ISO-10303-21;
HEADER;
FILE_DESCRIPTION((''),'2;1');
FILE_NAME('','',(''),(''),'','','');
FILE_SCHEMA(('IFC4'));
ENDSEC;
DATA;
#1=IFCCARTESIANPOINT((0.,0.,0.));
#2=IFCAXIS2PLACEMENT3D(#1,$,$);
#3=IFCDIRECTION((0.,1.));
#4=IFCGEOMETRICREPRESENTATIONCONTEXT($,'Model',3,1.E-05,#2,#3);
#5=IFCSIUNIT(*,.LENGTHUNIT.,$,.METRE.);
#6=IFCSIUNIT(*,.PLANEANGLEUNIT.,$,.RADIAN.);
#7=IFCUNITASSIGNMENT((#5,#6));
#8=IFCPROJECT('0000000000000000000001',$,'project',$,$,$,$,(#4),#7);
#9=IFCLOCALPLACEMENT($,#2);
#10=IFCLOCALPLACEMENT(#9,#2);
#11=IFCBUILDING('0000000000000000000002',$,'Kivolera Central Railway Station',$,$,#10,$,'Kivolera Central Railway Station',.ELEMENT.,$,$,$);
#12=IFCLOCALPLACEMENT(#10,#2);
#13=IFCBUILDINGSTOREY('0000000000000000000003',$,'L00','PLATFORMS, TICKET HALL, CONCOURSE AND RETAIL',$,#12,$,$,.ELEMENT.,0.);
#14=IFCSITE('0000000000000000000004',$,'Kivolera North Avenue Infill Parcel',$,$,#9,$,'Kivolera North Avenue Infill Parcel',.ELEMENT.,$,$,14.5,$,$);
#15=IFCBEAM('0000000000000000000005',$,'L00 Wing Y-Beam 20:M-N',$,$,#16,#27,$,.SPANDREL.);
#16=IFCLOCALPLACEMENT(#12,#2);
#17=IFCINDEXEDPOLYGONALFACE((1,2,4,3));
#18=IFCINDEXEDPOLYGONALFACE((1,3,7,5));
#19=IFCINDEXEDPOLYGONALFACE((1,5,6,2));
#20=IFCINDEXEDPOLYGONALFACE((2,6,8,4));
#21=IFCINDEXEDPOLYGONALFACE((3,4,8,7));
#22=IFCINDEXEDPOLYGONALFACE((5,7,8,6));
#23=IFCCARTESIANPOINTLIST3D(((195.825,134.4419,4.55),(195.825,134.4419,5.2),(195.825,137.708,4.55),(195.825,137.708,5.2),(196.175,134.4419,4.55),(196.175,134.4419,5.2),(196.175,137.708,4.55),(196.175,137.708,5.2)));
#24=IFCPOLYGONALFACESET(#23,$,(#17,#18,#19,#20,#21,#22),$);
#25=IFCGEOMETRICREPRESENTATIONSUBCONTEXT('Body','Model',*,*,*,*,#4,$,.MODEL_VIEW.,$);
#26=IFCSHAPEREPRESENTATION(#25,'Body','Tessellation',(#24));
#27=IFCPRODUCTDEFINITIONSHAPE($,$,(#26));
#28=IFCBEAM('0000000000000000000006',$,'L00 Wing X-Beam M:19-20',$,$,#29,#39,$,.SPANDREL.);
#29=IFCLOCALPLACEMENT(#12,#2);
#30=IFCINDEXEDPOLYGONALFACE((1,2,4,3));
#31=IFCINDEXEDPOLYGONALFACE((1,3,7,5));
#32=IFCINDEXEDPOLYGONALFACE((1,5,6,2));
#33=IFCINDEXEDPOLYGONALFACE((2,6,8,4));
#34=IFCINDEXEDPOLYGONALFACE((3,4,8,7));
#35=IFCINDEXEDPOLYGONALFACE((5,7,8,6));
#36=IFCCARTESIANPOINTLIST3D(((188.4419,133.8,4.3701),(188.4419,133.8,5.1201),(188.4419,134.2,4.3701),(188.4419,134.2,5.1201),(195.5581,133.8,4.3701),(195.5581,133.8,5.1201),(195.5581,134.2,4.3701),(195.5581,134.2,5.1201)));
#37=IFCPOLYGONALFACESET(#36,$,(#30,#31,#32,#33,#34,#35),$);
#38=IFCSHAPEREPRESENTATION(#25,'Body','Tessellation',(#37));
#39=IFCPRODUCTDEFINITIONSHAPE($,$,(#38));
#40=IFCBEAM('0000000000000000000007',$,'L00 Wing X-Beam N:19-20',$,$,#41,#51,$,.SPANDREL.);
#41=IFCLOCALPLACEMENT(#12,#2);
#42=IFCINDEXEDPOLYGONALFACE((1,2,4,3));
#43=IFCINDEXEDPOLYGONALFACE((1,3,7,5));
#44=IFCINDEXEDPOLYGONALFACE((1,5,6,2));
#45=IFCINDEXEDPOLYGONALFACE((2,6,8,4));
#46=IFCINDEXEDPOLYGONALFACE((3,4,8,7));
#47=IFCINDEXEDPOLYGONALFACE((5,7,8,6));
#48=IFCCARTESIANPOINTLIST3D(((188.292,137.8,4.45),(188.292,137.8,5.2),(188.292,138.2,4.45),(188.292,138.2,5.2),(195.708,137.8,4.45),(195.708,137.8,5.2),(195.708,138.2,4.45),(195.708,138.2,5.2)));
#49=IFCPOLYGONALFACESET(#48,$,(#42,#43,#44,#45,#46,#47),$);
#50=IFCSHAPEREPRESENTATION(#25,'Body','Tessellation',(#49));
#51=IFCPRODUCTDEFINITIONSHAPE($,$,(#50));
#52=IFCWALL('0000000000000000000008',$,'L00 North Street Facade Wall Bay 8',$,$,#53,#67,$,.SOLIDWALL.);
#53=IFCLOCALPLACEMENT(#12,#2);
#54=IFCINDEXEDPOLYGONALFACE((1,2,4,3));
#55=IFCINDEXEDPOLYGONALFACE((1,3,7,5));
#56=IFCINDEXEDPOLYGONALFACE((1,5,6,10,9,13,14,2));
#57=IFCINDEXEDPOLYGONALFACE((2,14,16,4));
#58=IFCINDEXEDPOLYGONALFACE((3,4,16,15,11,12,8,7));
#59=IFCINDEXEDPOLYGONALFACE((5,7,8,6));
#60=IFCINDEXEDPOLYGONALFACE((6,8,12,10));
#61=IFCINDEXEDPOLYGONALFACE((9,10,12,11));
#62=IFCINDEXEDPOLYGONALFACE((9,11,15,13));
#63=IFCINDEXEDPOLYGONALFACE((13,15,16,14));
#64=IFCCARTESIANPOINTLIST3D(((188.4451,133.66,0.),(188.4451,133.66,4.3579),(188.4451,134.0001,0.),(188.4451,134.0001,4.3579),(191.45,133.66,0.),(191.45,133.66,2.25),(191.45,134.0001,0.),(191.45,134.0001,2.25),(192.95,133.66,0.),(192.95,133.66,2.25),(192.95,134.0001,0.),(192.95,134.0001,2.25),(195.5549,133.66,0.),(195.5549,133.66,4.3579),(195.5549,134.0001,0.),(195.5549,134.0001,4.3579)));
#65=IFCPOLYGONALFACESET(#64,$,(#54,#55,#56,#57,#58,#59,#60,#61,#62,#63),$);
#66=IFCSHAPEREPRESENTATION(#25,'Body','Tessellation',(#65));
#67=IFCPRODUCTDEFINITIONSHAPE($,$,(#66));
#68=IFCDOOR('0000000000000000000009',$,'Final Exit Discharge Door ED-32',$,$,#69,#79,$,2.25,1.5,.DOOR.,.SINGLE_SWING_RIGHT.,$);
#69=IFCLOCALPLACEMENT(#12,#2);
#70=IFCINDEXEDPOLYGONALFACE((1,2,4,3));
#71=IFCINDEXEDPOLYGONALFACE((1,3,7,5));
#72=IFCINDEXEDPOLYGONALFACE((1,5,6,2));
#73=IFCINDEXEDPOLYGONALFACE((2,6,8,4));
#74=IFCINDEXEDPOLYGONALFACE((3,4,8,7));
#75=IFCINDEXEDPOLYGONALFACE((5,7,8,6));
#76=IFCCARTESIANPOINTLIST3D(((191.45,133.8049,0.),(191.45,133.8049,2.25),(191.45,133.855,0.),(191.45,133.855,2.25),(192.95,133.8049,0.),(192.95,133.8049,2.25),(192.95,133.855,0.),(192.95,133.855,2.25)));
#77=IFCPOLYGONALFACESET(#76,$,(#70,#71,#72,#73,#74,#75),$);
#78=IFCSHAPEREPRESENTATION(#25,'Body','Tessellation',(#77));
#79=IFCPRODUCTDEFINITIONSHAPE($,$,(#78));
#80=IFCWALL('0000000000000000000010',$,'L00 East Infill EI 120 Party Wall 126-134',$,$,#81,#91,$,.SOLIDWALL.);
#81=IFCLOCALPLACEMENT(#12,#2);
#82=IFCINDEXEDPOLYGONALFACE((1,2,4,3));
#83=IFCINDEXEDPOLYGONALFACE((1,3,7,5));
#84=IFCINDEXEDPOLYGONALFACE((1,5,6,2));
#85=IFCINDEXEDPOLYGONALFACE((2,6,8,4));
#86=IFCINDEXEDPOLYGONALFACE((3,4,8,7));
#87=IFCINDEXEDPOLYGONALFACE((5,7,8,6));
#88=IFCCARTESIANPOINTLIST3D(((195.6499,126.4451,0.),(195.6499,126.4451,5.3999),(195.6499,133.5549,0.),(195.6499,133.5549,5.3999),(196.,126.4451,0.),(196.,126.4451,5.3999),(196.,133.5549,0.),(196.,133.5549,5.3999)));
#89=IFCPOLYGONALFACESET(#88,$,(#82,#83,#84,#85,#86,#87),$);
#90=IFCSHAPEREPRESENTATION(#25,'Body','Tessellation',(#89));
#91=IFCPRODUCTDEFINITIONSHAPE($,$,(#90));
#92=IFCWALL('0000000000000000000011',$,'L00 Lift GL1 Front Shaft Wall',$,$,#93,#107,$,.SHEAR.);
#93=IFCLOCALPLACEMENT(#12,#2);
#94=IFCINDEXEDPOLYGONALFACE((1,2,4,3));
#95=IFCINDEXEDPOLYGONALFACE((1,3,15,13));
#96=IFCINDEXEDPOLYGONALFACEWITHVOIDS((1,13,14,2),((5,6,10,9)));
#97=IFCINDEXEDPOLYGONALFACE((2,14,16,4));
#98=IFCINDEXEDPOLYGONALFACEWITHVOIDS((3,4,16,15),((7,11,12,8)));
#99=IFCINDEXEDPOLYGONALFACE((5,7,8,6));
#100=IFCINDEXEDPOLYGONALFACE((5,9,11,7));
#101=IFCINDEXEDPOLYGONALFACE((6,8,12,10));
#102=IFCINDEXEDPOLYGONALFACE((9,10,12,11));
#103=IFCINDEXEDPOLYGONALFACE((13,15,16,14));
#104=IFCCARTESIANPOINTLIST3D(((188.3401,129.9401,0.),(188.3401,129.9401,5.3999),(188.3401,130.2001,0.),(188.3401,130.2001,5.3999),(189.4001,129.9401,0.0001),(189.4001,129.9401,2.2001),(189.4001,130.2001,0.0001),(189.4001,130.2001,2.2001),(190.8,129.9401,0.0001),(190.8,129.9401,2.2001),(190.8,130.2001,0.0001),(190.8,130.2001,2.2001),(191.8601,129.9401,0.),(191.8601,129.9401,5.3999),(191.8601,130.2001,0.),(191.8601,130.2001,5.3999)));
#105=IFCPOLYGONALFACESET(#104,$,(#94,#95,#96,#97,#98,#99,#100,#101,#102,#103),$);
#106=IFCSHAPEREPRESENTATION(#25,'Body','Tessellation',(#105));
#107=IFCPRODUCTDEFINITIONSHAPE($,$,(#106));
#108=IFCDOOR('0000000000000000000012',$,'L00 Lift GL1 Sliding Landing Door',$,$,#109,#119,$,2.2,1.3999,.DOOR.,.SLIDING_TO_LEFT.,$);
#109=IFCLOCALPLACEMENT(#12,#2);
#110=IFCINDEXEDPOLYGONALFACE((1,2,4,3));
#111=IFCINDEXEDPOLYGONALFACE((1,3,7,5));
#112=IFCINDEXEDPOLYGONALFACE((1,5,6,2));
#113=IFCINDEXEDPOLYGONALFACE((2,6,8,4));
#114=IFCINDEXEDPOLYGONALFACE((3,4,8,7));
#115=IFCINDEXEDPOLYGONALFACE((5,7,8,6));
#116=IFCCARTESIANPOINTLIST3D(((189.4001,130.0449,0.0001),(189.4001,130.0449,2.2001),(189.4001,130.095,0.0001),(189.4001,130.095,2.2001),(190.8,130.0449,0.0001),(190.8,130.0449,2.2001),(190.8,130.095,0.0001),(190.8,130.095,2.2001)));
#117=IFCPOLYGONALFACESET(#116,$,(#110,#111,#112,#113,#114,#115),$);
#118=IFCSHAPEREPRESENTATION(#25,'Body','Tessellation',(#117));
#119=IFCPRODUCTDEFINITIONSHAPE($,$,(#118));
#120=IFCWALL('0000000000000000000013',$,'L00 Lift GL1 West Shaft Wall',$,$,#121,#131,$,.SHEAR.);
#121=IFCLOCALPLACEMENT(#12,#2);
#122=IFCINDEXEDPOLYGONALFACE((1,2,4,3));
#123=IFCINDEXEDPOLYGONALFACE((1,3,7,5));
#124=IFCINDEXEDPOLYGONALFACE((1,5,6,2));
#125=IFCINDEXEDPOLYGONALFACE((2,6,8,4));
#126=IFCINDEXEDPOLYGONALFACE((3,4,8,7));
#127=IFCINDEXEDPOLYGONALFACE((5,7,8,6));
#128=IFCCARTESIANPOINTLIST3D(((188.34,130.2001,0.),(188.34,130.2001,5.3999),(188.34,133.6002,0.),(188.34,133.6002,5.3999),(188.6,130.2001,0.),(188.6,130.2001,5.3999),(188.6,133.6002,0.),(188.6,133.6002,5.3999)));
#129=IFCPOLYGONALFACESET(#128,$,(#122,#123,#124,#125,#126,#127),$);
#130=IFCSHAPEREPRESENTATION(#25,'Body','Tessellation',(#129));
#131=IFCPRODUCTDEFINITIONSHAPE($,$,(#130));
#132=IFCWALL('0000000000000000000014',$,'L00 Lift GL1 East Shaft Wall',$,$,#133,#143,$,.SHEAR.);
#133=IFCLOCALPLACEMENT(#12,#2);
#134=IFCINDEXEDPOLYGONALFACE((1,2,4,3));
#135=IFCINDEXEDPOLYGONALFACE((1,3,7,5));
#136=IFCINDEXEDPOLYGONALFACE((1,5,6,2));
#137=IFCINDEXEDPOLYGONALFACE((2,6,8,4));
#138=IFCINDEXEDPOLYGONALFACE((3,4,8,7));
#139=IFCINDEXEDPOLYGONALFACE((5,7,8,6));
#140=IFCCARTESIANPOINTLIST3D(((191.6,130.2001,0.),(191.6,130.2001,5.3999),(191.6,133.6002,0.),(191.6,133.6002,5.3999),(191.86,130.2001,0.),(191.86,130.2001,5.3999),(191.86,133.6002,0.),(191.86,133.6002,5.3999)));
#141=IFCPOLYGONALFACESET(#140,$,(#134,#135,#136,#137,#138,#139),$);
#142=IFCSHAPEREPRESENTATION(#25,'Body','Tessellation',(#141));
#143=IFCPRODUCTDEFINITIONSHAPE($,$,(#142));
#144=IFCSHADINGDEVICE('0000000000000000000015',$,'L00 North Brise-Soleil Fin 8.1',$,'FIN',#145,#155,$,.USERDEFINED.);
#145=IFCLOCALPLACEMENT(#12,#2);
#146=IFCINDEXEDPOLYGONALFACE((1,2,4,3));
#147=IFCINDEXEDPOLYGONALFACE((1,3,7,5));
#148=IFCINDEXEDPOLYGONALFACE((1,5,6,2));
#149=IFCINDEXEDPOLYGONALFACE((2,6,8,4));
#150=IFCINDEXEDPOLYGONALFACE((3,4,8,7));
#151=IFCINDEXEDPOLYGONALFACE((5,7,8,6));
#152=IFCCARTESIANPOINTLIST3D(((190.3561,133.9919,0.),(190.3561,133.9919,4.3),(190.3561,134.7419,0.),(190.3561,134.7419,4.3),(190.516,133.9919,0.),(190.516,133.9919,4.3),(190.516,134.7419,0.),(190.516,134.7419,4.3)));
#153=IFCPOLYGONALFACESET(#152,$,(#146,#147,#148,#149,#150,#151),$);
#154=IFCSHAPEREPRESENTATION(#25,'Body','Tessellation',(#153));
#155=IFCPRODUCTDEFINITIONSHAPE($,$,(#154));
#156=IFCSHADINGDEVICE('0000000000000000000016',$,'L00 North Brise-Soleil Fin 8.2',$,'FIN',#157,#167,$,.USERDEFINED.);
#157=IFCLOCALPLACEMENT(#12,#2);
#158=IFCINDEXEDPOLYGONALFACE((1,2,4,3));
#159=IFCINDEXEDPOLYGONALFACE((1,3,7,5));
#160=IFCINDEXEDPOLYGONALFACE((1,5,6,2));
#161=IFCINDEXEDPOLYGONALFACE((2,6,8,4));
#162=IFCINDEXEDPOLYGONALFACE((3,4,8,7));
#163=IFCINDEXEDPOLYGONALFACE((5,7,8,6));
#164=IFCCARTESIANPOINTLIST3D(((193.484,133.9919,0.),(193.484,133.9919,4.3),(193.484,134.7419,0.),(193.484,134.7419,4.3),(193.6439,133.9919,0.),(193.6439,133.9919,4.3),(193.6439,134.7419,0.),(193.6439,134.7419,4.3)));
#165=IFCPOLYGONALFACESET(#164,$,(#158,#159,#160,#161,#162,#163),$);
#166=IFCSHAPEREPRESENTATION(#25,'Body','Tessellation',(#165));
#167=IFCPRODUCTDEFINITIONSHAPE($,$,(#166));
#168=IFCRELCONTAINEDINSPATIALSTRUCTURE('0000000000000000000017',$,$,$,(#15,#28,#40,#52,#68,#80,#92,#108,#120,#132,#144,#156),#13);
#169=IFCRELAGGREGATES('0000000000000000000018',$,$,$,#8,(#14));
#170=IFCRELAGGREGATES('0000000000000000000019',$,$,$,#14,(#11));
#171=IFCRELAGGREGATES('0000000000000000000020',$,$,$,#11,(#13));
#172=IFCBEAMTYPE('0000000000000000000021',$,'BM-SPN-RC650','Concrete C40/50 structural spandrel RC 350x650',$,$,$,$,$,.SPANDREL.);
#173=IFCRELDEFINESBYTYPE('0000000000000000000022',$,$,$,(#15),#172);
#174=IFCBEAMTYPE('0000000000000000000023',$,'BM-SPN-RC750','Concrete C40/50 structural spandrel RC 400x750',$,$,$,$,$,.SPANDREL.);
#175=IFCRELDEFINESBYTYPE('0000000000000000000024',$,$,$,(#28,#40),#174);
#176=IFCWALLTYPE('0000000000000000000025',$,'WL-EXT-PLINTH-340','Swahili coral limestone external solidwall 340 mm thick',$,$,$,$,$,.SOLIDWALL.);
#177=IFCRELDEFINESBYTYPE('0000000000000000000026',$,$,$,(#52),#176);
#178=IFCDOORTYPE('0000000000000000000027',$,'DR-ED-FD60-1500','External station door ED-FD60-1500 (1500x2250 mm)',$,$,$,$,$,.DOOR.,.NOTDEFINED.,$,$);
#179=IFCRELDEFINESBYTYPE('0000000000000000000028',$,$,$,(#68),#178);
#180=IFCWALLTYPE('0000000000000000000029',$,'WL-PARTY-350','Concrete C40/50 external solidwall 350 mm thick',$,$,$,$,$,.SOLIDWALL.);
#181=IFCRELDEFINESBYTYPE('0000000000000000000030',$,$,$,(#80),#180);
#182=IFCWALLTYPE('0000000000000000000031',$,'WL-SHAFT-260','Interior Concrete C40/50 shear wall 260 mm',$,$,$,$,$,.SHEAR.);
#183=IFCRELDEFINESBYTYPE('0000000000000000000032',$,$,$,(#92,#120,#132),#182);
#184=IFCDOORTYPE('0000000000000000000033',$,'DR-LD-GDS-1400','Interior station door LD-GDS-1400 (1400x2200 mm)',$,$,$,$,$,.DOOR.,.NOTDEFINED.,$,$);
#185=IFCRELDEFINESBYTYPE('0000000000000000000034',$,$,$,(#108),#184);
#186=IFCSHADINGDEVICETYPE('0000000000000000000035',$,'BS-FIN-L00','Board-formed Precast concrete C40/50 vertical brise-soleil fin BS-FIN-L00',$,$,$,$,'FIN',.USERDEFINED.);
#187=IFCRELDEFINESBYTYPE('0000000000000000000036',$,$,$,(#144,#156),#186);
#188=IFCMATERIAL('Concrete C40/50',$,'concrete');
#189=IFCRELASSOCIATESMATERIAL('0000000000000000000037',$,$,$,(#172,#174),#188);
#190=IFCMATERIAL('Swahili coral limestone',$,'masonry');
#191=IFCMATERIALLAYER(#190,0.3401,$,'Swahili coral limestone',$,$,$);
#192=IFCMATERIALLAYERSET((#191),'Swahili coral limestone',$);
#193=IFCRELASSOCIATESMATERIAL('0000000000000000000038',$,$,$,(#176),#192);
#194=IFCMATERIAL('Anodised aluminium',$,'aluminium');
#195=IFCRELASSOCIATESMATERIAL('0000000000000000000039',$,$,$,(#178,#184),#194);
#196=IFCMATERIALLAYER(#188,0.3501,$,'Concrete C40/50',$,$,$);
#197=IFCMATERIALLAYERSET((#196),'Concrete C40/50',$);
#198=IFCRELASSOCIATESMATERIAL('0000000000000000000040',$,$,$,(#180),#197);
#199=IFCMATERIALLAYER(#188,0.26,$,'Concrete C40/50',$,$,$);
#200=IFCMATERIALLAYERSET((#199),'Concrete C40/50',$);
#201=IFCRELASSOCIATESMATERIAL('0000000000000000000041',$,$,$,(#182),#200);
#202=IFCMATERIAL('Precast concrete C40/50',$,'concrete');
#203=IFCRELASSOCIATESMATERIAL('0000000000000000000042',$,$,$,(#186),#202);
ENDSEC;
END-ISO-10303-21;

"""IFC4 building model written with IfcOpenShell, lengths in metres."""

from ifc_helpers import new_model, si_unit, direction, frame, frame_2d, origin, origin_2d, place, context, subcontext, project, spatial, rectangle, extrude, material, layer, layer_set, material_profile, profile_set, type_object, element, fill, save


model = new_model("IFC4")

# Units and contexts
model_context = context("Model", 3, precision=1e-05, world=origin(), true_north=direction((0.0, 1.0)))
body_context = subcontext(model_context, "Body", "Model", "MODEL_VIEW")
ifc_project = project(units=[si_unit("LENGTHUNIT", "METRE"), si_unit("PLANEANGLEUNIT", "RADIAN")], contexts=[model_context])

# Site, building, storey
site_placement = place(None, origin())
site = spatial("IfcSite", under=ifc_project, at=site_placement, Name="Kivolera North Avenue Infill Parcel", LongName="Kivolera North Avenue Infill Parcel", CompositionType="ELEMENT", RefElevation=14.5)
building_placement = place(site_placement, origin())
building = spatial("IfcBuilding", under=site, at=building_placement, Name="Kivolera Central Railway Station", LongName="Kivolera Central Railway Station", CompositionType="ELEMENT")
storey_placement = place(building_placement, origin())
storey = spatial("IfcBuildingStorey", under=building, at=storey_placement, Name="L00", Description="PLATFORMS, TICKET HALL, CONCOURSE AND RETAIL", CompositionType="ELEMENT", Elevation=0.0)

# Shared definitions
ifc_material_1 = material(Name="Concrete C40/50", Category="concrete")

# Beams
ifc_material_profile_1 = material_profile(ifc_material_1, rectangle(XDim=0.3501, YDim=0.6499, at=origin_2d()), Name="RC 350x650")
ifc_profile_set_1 = profile_set([ifc_material_profile_1], Name="Concrete C40/50")
beam_type_1 = type_object("IfcBeamType", Name="BM-SPN-RC650", Description="Concrete C40/50 structural spandrel RC 350x650", PredefinedType="SPANDREL", material=ifc_profile_set_1)
beam_1_placement = place(storey_placement, frame((196.0, 134.4419, 4.875), z_axis=(0.0, 1.0, 0.0), x_axis=(-1.0, 0.0, 0.0)))
element("IfcBeam", 1, at=beam_1_placement, inside=storey, type_object=beam_type_1, Name="L00 Wing Y-Beam 20:M-N", PredefinedType="SPANDREL", context=body_context, shape_type="SweptSolid", body=[
    extrude(rectangle(XDim=0.3501, YDim=0.6499, at=origin_2d()), origin(), (0.0, 0.0, 1.0), 3.2661),
])
ifc_material_profile_2 = material_profile(ifc_material_1, rectangle(XDim=0.3999, YDim=0.75, at=origin_2d()), Name="RC 400x750")
ifc_profile_set_2 = profile_set([ifc_material_profile_2], Name="Concrete C40/50")
beam_type_2 = type_object("IfcBeamType", Name="BM-SPN-RC750", Description="Concrete C40/50 structural spandrel RC 400x750", PredefinedType="SPANDREL", material=ifc_profile_set_2)
beam_2_placement = place(storey_placement, frame((188.4419, 134.0, 4.7451), z_axis=(1.0, 0.0, 0.0), x_axis=(0.0, 1.0, 0.0)))
element("IfcBeam", 2, at=beam_2_placement, inside=storey, type_object=beam_type_2, Name="L00 Wing X-Beam M:19-20", PredefinedType="SPANDREL", context=body_context, shape_type="SweptSolid", body=[
    extrude(rectangle(XDim=0.3999, YDim=0.75, at=origin_2d()), origin(), (0.0, 0.0, 1.0), 7.1162),
])
beam_3_placement = place(storey_placement, frame((188.292, 138.0, 4.825), z_axis=(1.0, 0.0, 0.0), x_axis=(0.0, 1.0, 0.0)))
element("IfcBeam", 3, at=beam_3_placement, inside=storey, type_object=beam_type_2, Name="L00 Wing X-Beam N:19-20", PredefinedType="SPANDREL", context=body_context, shape_type="SweptSolid", body=[
    extrude(rectangle(XDim=0.3999, YDim=0.75, at=origin_2d()), origin(), (0.0, 0.0, 1.0), 7.416),
])

# Wall, opening, door
ifc_material_2 = material(Name="Swahili coral limestone", Category="masonry")
ifc_layer_1 = layer(ifc_material_2, 0.3401, Name="Swahili coral limestone")
ifc_layer_set_1 = layer_set([ifc_layer_1], Name="Swahili coral limestone")
wall_type_1 = type_object("IfcWallType", Name="WL-EXT-PLINTH-340", Description="Swahili coral limestone external solidwall 340 mm thick", PredefinedType="SOLIDWALL", material=ifc_layer_set_1)
wall_1_placement = place(storey_placement, frame((188.4451, 133.8301, 0.0), z_axis=(0.0, 0.0, 1.0), x_axis=(1.0, 0.0, 0.0)))
wall_1 = element("IfcWall", 4, at=wall_1_placement, inside=storey, type_object=wall_type_1, Name="L00 North Street Facade Wall Bay 8", PredefinedType="SOLIDWALL", context=body_context, shape_type="SweptSolid", body=[
    extrude(rectangle(XDim=7.1099, YDim=0.3401, at=frame_2d((3.5549, 0.0))), origin(), (0.0, 0.0, 1.0), 4.3579),
])
opening_1_placement = place(wall_1_placement, frame((3.0049, 0.0, 0.0)))
opening_1 = element("IfcOpeningElement", 5, at=opening_1_placement, cuts=wall_1, PredefinedType="OPENING", context=body_context, shape_type="SweptSolid", body=[
    extrude(rectangle(XDim=1.5, YDim=2.25, at=frame_2d((0.75, 1.125))), frame((0.0, 0.1799, 0.0), z_axis=(0.0, -1.0, 0.0), x_axis=(1.0, 0.0, 0.0)), (0.0, 0.0, 1.0), 0.3601),
])
ifc_material_3 = material(Name="Anodised aluminium", Category="aluminium")
door_type_1 = type_object("IfcDoorType", Name="DR-ED-FD60-1500", Description="External station door ED-FD60-1500 (1500x2250 mm)", OperationType="NOTDEFINED", PredefinedType="DOOR", material=ifc_material_3)
door_1_placement = place(opening_1_placement, origin())
door_1 = element("IfcDoor", 6, at=door_1_placement, inside=storey, type_object=door_type_1, Name="Final Exit Discharge Door ED-32", OperationType="SINGLE_SWING_RIGHT", OverallHeight=2.25, OverallWidth=1.5, PredefinedType="DOOR", context=body_context, shape_type="SweptSolid", body=[
    extrude(rectangle(XDim=1.5, YDim=2.25, at=frame_2d((0.75, 1.125))), frame((0.0, 0.0249, 0.0), z_axis=(0.0, -1.0, 0.0), x_axis=(1.0, 0.0, 0.0)), (0.0, 0.0, 1.0), 0.05),
])
fill(opening_1, door_1)

# Wall
ifc_layer_2 = layer(ifc_material_1, 0.3501, Name="Concrete C40/50")
ifc_layer_set_2 = layer_set([ifc_layer_2], Name="Concrete C40/50")
wall_type_2 = type_object("IfcWallType", Name="WL-PARTY-350", Description="Concrete C40/50 external solidwall 350 mm thick", PredefinedType="SOLIDWALL", material=ifc_layer_set_2)
wall_2_placement = place(storey_placement, frame((195.825, 133.5549, 0.0), z_axis=(0.0, 0.0, 1.0), x_axis=(0.0, -1.0, 0.0)))
element("IfcWall", 7, at=wall_2_placement, inside=storey, type_object=wall_type_2, Name="L00 East Infill EI 120 Party Wall 126-134", PredefinedType="SOLIDWALL", context=body_context, shape_type="SweptSolid", body=[
    extrude(rectangle(XDim=7.1099, YDim=0.3501, at=frame_2d((3.5549, 0.0))), origin(), (0.0, 0.0, 1.0), 5.3999),
])

# Wall, opening, door
ifc_layer_3 = layer(ifc_material_1, 0.26, Name="Concrete C40/50")
ifc_layer_set_3 = layer_set([ifc_layer_3], Name="Concrete C40/50")
wall_type_3 = type_object("IfcWallType", Name="WL-SHAFT-260", Description="Interior Concrete C40/50 shear wall 260 mm", PredefinedType="SHEAR", material=ifc_layer_set_3)
wall_3_placement = place(storey_placement, frame((188.3401, 130.0701, 0.0), z_axis=(0.0, 0.0, 1.0), x_axis=(1.0, 0.0, 0.0)))
wall_3 = element("IfcWall", 8, at=wall_3_placement, inside=storey, type_object=wall_type_3, Name="L00 Lift GL1 Front Shaft Wall", PredefinedType="SHEAR", context=body_context, shape_type="SweptSolid", body=[
    extrude(rectangle(XDim=3.52, YDim=0.26, at=frame_2d((1.76, 0.0))), origin(), (0.0, 0.0, 1.0), 5.3999),
])
opening_2_placement = place(wall_3_placement, frame((1.0601, 0.0, 0.0)))
opening_2 = element("IfcOpeningElement", 9, at=opening_2_placement, cuts=wall_3, PredefinedType="OPENING", context=body_context, shape_type="SweptSolid", body=[
    extrude(rectangle(XDim=1.3999, YDim=2.2, at=frame_2d((0.7, 1.1001))), frame((0.0, 0.1399, 0.0), z_axis=(0.0, -1.0, 0.0), x_axis=(1.0, 0.0, 0.0)), (0.0, 0.0, 1.0), 0.28),
])
door_type_2 = type_object("IfcDoorType", Name="DR-LD-GDS-1400", Description="Interior station door LD-GDS-1400 (1400x2200 mm)", OperationType="NOTDEFINED", PredefinedType="DOOR", material=ifc_material_3)
door_2_placement = place(opening_2_placement, origin())
door_2 = element("IfcDoor", 10, at=door_2_placement, inside=storey, type_object=door_type_2, Name="L00 Lift GL1 Sliding Landing Door", OperationType="SLIDING_TO_LEFT", OverallHeight=2.2, OverallWidth=1.3999, PredefinedType="DOOR", context=body_context, shape_type="SweptSolid", body=[
    extrude(rectangle(XDim=1.3999, YDim=2.2, at=frame_2d((0.7, 1.1001))), frame((0.0, 0.0249, 0.0), z_axis=(0.0, -1.0, 0.0), x_axis=(1.0, 0.0, 0.0)), (0.0, 0.0, 1.0), 0.05),
])
fill(opening_2, door_2)

# Walls
for number, where, z_axis, x_axis, name in (
    (11, (188.47, 130.2, 0.0), (0.0, 0.0, 1.0), (0.0, 1.0, 0.0), "L00 Lift GL1 West Shaft Wall"),
    (12, (191.73, 130.2, 0.0), (0.0, 0.0, 1.0), (0.0, 1.0, 0.0), "L00 Lift GL1 East Shaft Wall"),
):
    element("IfcWall", number, at=place(storey_placement, frame(where, z_axis=z_axis, x_axis=x_axis)), inside=storey, type_object=wall_type_3, Name=name, PredefinedType="SHEAR", context=body_context, shape_type="SweptSolid", body=[
        extrude(rectangle(XDim=3.4001, YDim=0.26, at=frame_2d((1.7002, 0.0))), origin(), (0.0, 0.0, 1.0), 5.3999),
    ])

# Shading devices
ifc_material_4 = material(Name="Precast concrete C40/50", Category="concrete")
shading_device_type = type_object("IfcShadingDeviceType", Name="BS-FIN-L00", Description="Board-formed Precast concrete C40/50 vertical brise-soleil fin BS-FIN-L00", ElementType="FIN", PredefinedType="USERDEFINED", material=ifc_material_4)
for number, where, z_axis, x_axis, name in (
    (13, (190.436, 134.3669, 0.0), (0.0, 0.0, 1.0), (1.0, 0.0, 0.0), "L00 North Brise-Soleil Fin 8.1"),
    (14, (193.564, 134.3669, 0.0), (0.0, 0.0, 1.0), (1.0, 0.0, 0.0), "L00 North Brise-Soleil Fin 8.2"),
):
    element("IfcShadingDevice", number, at=place(storey_placement, frame(where, z_axis=z_axis, x_axis=x_axis)), inside=storey, type_object=shading_device_type, Name=name, ObjectType="FIN", PredefinedType="USERDEFINED", context=body_context, shape_type="SweptSolid", body=[
        extrude(rectangle(XDim=0.1599, YDim=0.75, at=origin_2d()), origin(), (0.0, 0.0, 1.0), 4.3),
    ])

save(model, "model.ifc")
